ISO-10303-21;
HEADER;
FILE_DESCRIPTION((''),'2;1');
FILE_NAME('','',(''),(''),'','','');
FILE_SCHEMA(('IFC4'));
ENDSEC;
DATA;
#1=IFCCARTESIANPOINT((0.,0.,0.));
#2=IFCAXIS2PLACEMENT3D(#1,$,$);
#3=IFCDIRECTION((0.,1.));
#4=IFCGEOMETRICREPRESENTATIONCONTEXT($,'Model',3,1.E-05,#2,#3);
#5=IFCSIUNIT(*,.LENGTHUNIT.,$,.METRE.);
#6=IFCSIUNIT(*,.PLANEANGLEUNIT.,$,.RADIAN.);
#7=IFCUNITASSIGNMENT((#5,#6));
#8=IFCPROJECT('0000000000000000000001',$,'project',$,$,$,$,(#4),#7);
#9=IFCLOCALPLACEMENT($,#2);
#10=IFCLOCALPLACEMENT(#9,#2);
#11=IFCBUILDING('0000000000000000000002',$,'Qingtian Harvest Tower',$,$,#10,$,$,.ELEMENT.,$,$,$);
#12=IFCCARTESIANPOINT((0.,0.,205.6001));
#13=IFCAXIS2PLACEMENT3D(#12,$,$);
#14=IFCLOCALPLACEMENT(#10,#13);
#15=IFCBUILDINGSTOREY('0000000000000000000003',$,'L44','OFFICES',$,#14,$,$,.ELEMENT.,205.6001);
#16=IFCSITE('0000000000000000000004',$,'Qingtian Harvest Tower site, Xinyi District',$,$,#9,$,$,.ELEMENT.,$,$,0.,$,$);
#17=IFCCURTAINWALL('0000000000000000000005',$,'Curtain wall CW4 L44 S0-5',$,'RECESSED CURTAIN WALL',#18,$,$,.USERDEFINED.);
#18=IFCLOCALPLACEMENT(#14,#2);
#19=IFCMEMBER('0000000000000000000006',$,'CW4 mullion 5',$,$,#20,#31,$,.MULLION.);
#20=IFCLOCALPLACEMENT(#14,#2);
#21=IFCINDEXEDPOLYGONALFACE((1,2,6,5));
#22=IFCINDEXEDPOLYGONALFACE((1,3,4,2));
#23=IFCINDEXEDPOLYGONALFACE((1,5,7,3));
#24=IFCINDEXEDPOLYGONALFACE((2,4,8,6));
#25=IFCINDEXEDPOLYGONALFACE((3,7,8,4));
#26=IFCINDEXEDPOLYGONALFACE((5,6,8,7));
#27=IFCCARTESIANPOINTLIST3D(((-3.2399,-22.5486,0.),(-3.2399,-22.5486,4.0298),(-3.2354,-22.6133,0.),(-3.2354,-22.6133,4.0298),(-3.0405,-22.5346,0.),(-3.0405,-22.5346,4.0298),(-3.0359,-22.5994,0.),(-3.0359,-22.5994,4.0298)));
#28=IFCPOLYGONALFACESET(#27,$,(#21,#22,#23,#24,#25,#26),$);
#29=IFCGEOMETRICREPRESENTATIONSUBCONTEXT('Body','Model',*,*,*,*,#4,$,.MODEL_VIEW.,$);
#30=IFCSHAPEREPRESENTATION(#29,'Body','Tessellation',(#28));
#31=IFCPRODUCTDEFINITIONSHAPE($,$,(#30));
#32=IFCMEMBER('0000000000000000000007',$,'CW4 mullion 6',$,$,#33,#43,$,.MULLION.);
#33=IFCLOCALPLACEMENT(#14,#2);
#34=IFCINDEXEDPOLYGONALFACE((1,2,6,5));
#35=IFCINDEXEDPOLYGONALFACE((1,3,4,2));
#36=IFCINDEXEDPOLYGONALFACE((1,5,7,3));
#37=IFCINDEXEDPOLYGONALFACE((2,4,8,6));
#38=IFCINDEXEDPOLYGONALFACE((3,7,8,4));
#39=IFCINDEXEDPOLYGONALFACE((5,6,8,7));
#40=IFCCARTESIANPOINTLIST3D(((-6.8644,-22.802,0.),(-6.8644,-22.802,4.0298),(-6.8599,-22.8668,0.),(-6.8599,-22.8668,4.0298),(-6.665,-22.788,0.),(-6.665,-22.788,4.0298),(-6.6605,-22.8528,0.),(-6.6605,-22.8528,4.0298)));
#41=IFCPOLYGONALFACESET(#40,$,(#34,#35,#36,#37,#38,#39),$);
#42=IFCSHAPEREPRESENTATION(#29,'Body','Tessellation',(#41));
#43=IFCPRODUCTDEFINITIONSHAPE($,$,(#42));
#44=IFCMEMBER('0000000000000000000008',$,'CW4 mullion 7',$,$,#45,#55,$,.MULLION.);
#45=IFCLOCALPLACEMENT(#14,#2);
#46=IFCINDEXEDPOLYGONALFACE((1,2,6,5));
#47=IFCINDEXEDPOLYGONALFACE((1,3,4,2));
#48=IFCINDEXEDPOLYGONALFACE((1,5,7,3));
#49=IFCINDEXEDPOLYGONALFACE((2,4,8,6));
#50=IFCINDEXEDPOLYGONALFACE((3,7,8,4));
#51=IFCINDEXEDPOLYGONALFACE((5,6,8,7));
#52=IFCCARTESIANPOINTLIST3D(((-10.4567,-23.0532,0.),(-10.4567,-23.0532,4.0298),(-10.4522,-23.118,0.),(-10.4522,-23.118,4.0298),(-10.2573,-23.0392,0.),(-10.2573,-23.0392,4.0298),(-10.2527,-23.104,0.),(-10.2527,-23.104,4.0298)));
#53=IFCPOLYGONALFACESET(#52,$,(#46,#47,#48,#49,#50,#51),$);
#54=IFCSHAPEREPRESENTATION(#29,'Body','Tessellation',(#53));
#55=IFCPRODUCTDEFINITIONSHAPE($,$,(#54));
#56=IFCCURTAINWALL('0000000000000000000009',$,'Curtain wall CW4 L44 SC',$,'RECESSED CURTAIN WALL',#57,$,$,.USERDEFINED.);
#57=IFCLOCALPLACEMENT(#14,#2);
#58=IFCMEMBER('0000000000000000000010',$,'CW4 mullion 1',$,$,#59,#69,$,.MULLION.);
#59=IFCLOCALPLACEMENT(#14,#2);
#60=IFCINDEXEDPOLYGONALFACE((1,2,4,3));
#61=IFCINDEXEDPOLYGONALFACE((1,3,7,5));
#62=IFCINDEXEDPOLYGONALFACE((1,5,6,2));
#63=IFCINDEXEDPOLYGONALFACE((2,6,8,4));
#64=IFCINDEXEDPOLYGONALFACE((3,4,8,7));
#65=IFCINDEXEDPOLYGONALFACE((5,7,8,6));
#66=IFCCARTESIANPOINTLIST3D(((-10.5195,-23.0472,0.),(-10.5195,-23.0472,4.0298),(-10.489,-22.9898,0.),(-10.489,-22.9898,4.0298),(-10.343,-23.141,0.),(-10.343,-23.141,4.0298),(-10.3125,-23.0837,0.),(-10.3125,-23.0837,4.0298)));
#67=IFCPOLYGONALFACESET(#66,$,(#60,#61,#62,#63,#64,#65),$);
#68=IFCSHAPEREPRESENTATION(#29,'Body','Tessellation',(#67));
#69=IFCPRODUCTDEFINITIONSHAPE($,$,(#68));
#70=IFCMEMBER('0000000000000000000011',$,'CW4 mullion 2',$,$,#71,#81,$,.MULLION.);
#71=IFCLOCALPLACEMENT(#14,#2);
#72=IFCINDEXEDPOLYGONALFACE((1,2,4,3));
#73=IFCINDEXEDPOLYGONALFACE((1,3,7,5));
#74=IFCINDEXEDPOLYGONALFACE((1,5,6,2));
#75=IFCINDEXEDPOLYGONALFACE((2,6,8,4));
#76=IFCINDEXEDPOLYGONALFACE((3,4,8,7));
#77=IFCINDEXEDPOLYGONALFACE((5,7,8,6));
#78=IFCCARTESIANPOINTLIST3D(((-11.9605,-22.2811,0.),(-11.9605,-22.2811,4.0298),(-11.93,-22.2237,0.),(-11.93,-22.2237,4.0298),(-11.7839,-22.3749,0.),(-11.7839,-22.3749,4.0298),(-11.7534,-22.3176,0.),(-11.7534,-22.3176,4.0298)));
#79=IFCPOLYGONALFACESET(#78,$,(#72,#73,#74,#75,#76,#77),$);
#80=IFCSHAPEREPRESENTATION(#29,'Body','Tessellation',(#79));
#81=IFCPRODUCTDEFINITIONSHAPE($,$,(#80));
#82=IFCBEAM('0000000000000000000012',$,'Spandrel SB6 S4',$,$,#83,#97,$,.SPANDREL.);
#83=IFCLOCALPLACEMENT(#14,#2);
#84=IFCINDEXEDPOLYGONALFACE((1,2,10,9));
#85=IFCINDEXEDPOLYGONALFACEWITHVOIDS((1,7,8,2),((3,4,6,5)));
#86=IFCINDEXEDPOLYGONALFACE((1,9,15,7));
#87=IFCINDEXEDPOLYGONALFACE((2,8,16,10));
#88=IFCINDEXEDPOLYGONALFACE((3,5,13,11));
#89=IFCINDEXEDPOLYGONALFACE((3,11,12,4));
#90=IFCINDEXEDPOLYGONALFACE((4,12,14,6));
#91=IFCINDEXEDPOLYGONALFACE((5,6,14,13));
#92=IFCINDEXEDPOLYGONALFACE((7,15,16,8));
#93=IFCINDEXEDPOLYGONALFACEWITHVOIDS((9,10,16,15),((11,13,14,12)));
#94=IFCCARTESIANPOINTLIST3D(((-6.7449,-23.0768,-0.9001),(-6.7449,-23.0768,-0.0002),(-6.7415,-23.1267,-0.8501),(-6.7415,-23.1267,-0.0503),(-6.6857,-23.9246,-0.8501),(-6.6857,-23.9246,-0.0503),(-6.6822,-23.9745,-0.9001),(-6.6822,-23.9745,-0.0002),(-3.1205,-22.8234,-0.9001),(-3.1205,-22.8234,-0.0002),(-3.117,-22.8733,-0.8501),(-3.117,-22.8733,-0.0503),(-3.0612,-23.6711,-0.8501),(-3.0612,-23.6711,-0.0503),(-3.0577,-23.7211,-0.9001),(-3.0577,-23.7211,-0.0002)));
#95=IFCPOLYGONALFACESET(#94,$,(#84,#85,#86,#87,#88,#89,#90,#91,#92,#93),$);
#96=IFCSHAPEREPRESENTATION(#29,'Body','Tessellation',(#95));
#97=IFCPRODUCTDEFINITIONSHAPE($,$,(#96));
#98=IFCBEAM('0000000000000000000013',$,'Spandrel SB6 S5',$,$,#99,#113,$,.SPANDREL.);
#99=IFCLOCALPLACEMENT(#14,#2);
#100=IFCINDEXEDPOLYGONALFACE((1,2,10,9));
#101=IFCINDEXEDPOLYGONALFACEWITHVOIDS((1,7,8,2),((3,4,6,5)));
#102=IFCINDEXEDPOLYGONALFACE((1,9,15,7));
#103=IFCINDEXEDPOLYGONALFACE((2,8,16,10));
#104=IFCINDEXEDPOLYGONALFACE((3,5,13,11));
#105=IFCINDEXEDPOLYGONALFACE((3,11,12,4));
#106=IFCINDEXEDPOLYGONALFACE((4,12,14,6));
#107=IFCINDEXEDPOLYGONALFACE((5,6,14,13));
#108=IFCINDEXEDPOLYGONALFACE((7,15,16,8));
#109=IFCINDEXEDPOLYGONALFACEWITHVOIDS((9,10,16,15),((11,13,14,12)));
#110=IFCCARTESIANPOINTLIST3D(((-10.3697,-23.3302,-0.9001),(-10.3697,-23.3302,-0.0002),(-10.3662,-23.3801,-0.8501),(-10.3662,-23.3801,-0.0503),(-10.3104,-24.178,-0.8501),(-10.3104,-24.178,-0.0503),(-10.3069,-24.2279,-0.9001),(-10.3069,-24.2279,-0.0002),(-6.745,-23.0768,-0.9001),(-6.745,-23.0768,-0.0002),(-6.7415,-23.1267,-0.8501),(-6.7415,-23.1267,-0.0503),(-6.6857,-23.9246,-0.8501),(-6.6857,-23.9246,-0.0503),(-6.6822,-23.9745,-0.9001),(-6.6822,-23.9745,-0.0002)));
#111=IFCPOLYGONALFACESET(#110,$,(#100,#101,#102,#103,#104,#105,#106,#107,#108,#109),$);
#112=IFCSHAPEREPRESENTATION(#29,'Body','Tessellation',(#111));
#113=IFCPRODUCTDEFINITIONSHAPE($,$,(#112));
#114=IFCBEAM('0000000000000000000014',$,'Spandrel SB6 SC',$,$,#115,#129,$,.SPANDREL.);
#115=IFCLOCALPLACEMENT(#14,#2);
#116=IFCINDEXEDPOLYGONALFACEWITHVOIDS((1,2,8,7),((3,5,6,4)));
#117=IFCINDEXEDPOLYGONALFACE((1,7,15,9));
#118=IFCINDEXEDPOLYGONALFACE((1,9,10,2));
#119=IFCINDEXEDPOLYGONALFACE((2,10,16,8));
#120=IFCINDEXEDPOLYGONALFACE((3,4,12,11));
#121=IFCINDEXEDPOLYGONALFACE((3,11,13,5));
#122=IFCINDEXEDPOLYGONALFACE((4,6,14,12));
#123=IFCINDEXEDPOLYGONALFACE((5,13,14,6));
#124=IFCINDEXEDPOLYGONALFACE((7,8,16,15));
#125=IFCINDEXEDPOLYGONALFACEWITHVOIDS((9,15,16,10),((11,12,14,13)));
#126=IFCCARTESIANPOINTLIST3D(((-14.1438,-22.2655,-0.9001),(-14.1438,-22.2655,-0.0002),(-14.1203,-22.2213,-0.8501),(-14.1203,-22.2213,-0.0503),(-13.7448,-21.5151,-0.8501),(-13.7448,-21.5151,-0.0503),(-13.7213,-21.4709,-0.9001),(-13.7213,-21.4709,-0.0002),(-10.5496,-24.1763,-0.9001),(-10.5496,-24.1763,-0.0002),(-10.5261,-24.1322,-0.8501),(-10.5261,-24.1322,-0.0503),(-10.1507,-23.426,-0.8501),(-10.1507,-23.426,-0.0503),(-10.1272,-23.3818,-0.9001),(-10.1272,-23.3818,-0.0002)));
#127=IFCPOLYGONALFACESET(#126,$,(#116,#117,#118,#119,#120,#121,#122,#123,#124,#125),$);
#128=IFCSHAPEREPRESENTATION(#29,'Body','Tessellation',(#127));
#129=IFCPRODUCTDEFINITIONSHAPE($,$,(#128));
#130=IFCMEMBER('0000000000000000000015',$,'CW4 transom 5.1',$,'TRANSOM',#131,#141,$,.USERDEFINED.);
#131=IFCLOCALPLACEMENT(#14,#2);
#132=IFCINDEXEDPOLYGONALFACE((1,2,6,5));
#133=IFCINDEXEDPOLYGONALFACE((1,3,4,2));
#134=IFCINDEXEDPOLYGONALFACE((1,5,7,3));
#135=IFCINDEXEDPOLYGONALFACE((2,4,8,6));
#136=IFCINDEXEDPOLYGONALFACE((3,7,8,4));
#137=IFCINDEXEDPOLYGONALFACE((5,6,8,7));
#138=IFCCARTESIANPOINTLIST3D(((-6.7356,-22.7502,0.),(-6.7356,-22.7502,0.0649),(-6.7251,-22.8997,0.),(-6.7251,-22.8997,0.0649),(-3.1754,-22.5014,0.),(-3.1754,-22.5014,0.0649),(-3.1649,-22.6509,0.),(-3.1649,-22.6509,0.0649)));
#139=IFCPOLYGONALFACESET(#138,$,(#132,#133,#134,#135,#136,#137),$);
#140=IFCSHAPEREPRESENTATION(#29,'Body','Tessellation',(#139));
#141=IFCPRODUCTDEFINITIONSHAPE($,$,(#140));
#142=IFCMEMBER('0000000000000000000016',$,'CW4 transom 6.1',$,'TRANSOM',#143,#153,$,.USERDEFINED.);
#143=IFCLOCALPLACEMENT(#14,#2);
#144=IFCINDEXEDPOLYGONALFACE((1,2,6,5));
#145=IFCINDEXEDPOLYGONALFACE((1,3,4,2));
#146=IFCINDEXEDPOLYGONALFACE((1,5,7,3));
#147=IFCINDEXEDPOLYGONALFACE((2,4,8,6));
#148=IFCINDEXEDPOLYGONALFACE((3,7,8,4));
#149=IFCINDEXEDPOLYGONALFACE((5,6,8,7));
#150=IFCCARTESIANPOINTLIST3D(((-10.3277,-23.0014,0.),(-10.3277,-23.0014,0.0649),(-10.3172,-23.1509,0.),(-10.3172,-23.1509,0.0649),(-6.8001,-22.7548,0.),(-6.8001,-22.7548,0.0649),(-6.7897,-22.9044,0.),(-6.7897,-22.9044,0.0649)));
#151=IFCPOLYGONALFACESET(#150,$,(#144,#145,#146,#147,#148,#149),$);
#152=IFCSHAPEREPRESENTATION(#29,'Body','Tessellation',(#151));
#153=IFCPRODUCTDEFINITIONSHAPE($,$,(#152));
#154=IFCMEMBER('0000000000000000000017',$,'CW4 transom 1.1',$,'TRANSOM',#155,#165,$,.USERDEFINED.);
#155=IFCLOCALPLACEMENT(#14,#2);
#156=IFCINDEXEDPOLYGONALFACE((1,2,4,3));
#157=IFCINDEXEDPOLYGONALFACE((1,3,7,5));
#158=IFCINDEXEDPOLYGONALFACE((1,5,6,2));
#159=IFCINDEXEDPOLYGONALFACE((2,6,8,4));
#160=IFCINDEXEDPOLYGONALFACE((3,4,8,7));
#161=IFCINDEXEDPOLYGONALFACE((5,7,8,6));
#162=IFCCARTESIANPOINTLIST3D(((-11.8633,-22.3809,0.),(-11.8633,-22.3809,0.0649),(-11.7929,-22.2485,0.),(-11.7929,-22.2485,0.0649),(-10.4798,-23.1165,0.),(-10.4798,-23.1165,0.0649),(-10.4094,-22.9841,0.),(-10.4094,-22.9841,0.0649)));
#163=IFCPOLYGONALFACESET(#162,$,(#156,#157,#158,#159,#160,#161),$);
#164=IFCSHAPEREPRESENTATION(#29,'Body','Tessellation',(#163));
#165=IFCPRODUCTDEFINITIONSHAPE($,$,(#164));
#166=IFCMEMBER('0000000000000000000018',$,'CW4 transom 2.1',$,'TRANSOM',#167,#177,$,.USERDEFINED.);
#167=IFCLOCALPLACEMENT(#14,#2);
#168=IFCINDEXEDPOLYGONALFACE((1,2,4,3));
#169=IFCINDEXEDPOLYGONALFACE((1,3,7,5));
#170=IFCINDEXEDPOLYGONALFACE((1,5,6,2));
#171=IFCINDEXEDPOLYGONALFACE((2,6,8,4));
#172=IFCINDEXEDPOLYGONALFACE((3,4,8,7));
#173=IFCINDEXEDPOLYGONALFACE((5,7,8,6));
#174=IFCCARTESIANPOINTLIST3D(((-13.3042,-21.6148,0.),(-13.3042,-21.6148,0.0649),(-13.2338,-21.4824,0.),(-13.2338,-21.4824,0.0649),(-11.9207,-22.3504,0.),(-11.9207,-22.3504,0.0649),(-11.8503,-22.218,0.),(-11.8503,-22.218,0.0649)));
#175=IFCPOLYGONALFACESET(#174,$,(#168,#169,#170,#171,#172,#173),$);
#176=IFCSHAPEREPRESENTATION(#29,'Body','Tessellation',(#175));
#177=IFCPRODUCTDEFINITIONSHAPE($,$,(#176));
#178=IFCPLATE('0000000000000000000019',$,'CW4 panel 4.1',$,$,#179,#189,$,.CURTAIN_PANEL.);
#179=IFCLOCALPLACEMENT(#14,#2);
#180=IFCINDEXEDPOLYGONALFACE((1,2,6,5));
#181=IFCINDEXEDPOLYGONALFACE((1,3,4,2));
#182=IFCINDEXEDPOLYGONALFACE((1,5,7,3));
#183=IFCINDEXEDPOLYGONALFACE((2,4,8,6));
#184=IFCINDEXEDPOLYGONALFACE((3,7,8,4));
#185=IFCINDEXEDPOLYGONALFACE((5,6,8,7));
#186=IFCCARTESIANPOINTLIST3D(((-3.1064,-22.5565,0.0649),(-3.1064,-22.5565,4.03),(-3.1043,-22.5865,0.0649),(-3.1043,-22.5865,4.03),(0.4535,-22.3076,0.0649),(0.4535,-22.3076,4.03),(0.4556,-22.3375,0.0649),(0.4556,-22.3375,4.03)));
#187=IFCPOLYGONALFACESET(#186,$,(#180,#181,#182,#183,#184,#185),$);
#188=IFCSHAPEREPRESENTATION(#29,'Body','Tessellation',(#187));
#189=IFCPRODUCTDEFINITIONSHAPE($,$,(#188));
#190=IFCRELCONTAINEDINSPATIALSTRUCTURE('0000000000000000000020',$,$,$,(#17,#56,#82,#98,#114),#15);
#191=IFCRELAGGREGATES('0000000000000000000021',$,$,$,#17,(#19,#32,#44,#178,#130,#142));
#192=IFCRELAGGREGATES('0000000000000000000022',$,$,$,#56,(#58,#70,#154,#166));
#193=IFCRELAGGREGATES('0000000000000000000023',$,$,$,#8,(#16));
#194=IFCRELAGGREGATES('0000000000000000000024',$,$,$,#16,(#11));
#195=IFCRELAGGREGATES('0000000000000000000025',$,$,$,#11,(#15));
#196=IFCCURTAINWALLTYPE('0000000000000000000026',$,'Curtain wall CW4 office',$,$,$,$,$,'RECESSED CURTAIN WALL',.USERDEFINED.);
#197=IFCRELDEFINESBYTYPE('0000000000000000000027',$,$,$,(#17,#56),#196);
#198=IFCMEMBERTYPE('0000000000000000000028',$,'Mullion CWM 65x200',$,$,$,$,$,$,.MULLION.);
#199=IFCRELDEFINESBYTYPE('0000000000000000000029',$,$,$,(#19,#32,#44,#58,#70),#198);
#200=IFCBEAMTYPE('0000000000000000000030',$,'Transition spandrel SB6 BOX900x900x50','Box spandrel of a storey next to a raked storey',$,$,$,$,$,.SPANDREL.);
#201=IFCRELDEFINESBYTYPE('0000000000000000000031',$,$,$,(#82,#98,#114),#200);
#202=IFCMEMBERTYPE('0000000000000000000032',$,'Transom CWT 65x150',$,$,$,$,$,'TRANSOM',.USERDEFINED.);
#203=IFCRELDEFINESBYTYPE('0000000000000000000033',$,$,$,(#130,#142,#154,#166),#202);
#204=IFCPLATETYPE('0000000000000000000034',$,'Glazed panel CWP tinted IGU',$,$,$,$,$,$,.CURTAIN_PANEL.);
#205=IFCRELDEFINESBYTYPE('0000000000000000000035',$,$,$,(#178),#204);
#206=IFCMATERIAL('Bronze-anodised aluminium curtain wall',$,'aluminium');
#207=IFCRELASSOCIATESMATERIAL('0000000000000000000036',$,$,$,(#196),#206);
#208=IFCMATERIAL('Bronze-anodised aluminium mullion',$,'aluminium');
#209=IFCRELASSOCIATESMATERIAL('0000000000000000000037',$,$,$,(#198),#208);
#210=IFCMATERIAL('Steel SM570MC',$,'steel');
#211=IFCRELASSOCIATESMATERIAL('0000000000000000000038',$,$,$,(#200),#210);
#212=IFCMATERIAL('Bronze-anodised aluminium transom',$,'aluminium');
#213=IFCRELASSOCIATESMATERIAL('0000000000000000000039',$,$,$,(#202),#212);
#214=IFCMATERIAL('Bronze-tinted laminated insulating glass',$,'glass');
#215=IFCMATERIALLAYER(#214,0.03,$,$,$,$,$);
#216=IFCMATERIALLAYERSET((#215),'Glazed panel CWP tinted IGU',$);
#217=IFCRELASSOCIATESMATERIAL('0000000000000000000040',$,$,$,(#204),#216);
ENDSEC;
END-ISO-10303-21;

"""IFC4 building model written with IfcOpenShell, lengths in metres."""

from ifc_helpers import new_model, si_unit, direction, frame, origin, origin_2d, place, context, subcontext, project, spatial, rectangle, hollow_rectangle, extrude, material, layer, layer_set, material_profile, profile_set, type_object, element, aggregate, save


model = new_model("IFC4")

# Units and contexts
model_context = context("Model", 3, precision=1e-05, world=origin(), true_north=direction((0.0, 1.0)))
body_context = subcontext(model_context, "Body", "Model", "MODEL_VIEW")
ifc_project = project(units=[si_unit("LENGTHUNIT", "METRE"), si_unit("PLANEANGLEUNIT", "RADIAN")], contexts=[model_context])

# Site, building, storey
site_placement = place(None, origin())
site = spatial("IfcSite", under=ifc_project, at=site_placement, Name="Qingtian Harvest Tower site, Xinyi District", CompositionType="ELEMENT", RefElevation=0.0)
building_placement = place(site_placement, origin())
building = spatial("IfcBuilding", under=site, at=building_placement, Name="Qingtian Harvest Tower", CompositionType="ELEMENT")
storey_placement = place(building_placement, frame((0.0, 0.0, 205.6001)))
storey = spatial("IfcBuildingStorey", under=building, at=storey_placement, Name="L44", Description="OFFICES", CompositionType="ELEMENT", Elevation=205.6001)

# Curtain walls, members
ifc_material_1 = material(Name="Bronze-anodised aluminium curtain wall", Category="aluminium")
curtain_wall_type = type_object("IfcCurtainWallType", Name="Curtain wall CW4 office", ElementType="RECESSED CURTAIN WALL", PredefinedType="USERDEFINED", material=ifc_material_1)
curtain_wall_1_placement = place(storey_placement, origin())
curtain_wall_1 = element("IfcCurtainWall", 1, at=curtain_wall_1_placement, inside=storey, type_object=curtain_wall_type, Name="Curtain wall CW4 L44 S0-5", ObjectType="RECESSED CURTAIN WALL", PredefinedType="USERDEFINED")
ifc_material_2 = material(Name="Bronze-anodised aluminium mullion", Category="aluminium")
ifc_material_profile_1 = material_profile(ifc_material_2, rectangle(XDim=0.0649, YDim=0.2, at=origin_2d()), Name="AL 65x200")
ifc_profile_set_1 = profile_set([ifc_material_profile_1], Name="Bronze-anodised aluminium mullion")
member_type_1 = type_object("IfcMemberType", Name="Mullion CWM 65x200", PredefinedType="MULLION", material=ifc_profile_set_1)
member_1_placement = place(storey_placement, frame((-3.1379, -22.574, 0.0), z_axis=(0.0, 0.0, 1.0), x_axis=(0.069756, -0.997564, 0.0)))
member_1 = element("IfcMember", 2, at=member_1_placement, type_object=member_type_1, Name="CW4 mullion 5", PredefinedType="MULLION", context=body_context, shape_type="SweptSolid", body=[
    extrude(rectangle(XDim=0.0649, YDim=0.2, at=origin_2d()), origin(), (0.0, 0.0, 1.0), 4.0298),
])
member_2_placement = place(storey_placement, frame((-6.7625, -22.8274, 0.0), z_axis=(0.0, 0.0, 1.0), x_axis=(0.069756, -0.997564, 0.0)))
member_2 = element("IfcMember", 3, at=member_2_placement, type_object=member_type_1, Name="CW4 mullion 6", PredefinedType="MULLION", context=body_context, shape_type="SweptSolid", body=[
    extrude(rectangle(XDim=0.0649, YDim=0.2, at=origin_2d()), origin(), (0.0, 0.0, 1.0), 4.0298),
])
member_3_placement = place(storey_placement, frame((-10.3547, -23.0786, 0.0), z_axis=(0.0, 0.0, 1.0), x_axis=(0.069756, -0.997564, 0.0)))
member_3 = element("IfcMember", 4, at=member_3_placement, type_object=member_type_1, Name="CW4 mullion 7", PredefinedType="MULLION", context=body_context, shape_type="SweptSolid", body=[
    extrude(rectangle(XDim=0.0649, YDim=0.2, at=origin_2d()), origin(), (0.0, 0.0, 1.0), 4.0298),
])
curtain_wall_2_placement = place(storey_placement, origin())
curtain_wall_2 = element("IfcCurtainWall", 5, at=curtain_wall_2_placement, inside=storey, type_object=curtain_wall_type, Name="Curtain wall CW4 L44 SC", ObjectType="RECESSED CURTAIN WALL", PredefinedType="USERDEFINED")
member_4_placement = place(storey_placement, frame((-10.416, -23.0654, 0.0), z_axis=(0.0, 0.0, 1.0), x_axis=(-0.469472, -0.882948, 0.0)))
member_4 = element("IfcMember", 6, at=member_4_placement, type_object=member_type_1, Name="CW4 mullion 1", PredefinedType="MULLION", context=body_context, shape_type="SweptSolid", body=[
    extrude(rectangle(XDim=0.0649, YDim=0.2, at=origin_2d()), origin(), (0.0, 0.0, 1.0), 4.0298),
])
member_5_placement = place(storey_placement, frame((-11.8569, -22.2993, 0.0), z_axis=(0.0, 0.0, 1.0), x_axis=(-0.469472, -0.882948, 0.0)))
member_5 = element("IfcMember", 7, at=member_5_placement, type_object=member_type_1, Name="CW4 mullion 2", PredefinedType="MULLION", context=body_context, shape_type="SweptSolid", body=[
    extrude(rectangle(XDim=0.0649, YDim=0.2, at=origin_2d()), origin(), (0.0, 0.0, 1.0), 4.0298),
])

# Beams
ifc_material_3 = material(Name="Steel SM570MC", Category="steel")
ifc_material_profile_2 = material_profile(ifc_material_3, hollow_rectangle(XDim=0.8999, YDim=0.8999, WallThickness=0.05, at=origin_2d()), Name="BOX900x900x50")
ifc_profile_set_2 = profile_set([ifc_material_profile_2], Name="Steel SM570MC")
beam_type_1 = type_object("IfcBeamType", Name="Transition spandrel SB6 BOX900x900x50", Description="Box spandrel of a storey next to a raked storey", PredefinedType="SPANDREL", material=ifc_profile_set_2)
beam_1_placement = place(storey_placement, frame((-3.0891, -23.2722, -0.4502), z_axis=(-0.997565, -0.069748, 0.0), x_axis=(0.069748, -0.997565, 0.0)))
element("IfcBeam", 8, at=beam_1_placement, inside=storey, type_object=beam_type_1, Name="Spandrel SB6 S4", PredefinedType="SPANDREL", context=body_context, shape_type="SweptSolid", body=[
    extrude(hollow_rectangle(XDim=0.8999, YDim=0.8999, WallThickness=0.05, at=origin_2d()), origin(), (0.0, 0.0, 1.0), 3.6333),
])
beam_2_placement = place(storey_placement, frame((-6.7136, -23.5256, -0.4502), z_axis=(-0.997565, -0.069743, 0.0), x_axis=(0.069743, -0.997565, 0.0)))
element("IfcBeam", 9, at=beam_2_placement, inside=storey, type_object=beam_type_1, Name="Spandrel SB6 S5", PredefinedType="SPANDREL", context=body_context, shape_type="SweptSolid", body=[
    extrude(hollow_rectangle(XDim=0.8999, YDim=0.8999, WallThickness=0.05, at=origin_2d()), origin(), (0.0, 0.0, 1.0), 3.6335),
])
beam_3_placement = place(storey_placement, frame((-10.3384, -23.7791, -0.4502), z_axis=(-0.882968, 0.469433, 0.0), x_axis=(-0.469433, -0.882968, 0.0)))
element("IfcBeam", 10, at=beam_3_placement, inside=storey, type_object=beam_type_1, Name="Spandrel SB6 SC", PredefinedType="SPANDREL", context=body_context, shape_type="SweptSolid", body=[
    extrude(hollow_rectangle(XDim=0.8999, YDim=0.8999, WallThickness=0.05, at=origin_2d()), origin(), (0.0, 0.0, 1.0), 4.0706),
])

# Members
ifc_material_4 = material(Name="Bronze-anodised aluminium transom", Category="aluminium")
ifc_material_profile_3 = material_profile(ifc_material_4, rectangle(XDim=0.1499, YDim=0.0649, at=origin_2d()), Name="AL 65x150")
ifc_profile_set_3 = profile_set([ifc_material_profile_3], Name="Bronze-anodised aluminium transom")
member_type_2 = type_object("IfcMemberType", Name="Transom CWT 65x150", ElementType="TRANSOM", PredefinedType="USERDEFINED", material=ifc_profile_set_3)
member_6_placement = place(storey_placement, frame((-3.1702, -22.5762, 0.0325), z_axis=(-0.997567, -0.069711, 0.0), x_axis=(0.069711, -0.997567, 0.0)))
member_6 = element("IfcMember", 11, at=member_6_placement, type_object=member_type_2, Name="CW4 transom 5.1", ObjectType="TRANSOM", PredefinedType="USERDEFINED", context=body_context, shape_type="SweptSolid", body=[
    extrude(rectangle(XDim=0.1499, YDim=0.0649, at=origin_2d()), origin(), (0.0, 0.0, 1.0), 3.5688),
])
member_7_placement = place(storey_placement, frame((-6.7949, -22.8296, 0.0325), z_axis=(-0.997566, -0.069731, 0.0), x_axis=(0.069731, -0.997566, 0.0)))
member_7 = element("IfcMember", 12, at=member_7_placement, type_object=member_type_2, Name="CW4 transom 6.1", ObjectType="TRANSOM", PredefinedType="USERDEFINED", context=body_context, shape_type="SweptSolid", body=[
    extrude(rectangle(XDim=0.1499, YDim=0.0649, at=origin_2d()), origin(), (0.0, 0.0, 1.0), 3.5361),
])
member_8_placement = place(storey_placement, frame((-10.4446, -23.0503, 0.0325), z_axis=(-0.88296, 0.469448, 0.0), x_axis=(-0.469448, -0.88296, 0.0)))
member_8 = element("IfcMember", 13, at=member_8_placement, type_object=member_type_2, Name="CW4 transom 1.1", ObjectType="TRANSOM", PredefinedType="USERDEFINED", context=body_context, shape_type="SweptSolid", body=[
    extrude(rectangle(XDim=0.1499, YDim=0.0649, at=origin_2d()), origin(), (0.0, 0.0, 1.0), 1.5669),
])
member_9_placement = place(storey_placement, frame((-11.8855, -22.2842, 0.0325), z_axis=(-0.88296, 0.469448, 0.0), x_axis=(-0.469448, -0.88296, 0.0)))
member_9 = element("IfcMember", 14, at=member_9_placement, type_object=member_type_2, Name="CW4 transom 2.1", ObjectType="TRANSOM", PredefinedType="USERDEFINED", context=body_context, shape_type="SweptSolid", body=[
    extrude(rectangle(XDim=0.1499, YDim=0.0649, at=origin_2d()), origin(), (0.0, 0.0, 1.0), 1.5669),
])

# Plate
ifc_material_5 = material(Name="Bronze-tinted laminated insulating glass", Category="glass")
ifc_layer_1 = layer(ifc_material_5, 0.03)
ifc_layer_set_1 = layer_set([ifc_layer_1], Name="Glazed panel CWP tinted IGU")
plate_type = type_object("IfcPlateType", Name="Glazed panel CWP tinted IGU", PredefinedType="CURTAIN_PANEL", material=ifc_layer_set_1)
plate_1_placement = place(storey_placement, frame((-1.3254, -22.447, 0.0649), z_axis=(0.0, 0.0, 1.0), x_axis=(-0.997564, -0.069756, 0.0)))
plate_1 = element("IfcPlate", 15, at=plate_1_placement, type_object=plate_type, Name="CW4 panel 4.1", PredefinedType="CURTAIN_PANEL", context=body_context, shape_type="SweptSolid", body=[
    extrude(rectangle(XDim=3.5686, YDim=0.03, at=origin_2d()), origin(), (0.0, 0.0, 1.0), 3.9651),
])
aggregate(curtain_wall_1, [member_1, member_2, member_3, plate_1, member_6, member_7])
aggregate(curtain_wall_2, [member_4, member_5, member_8, member_9])

save(model, "model.ifc")
